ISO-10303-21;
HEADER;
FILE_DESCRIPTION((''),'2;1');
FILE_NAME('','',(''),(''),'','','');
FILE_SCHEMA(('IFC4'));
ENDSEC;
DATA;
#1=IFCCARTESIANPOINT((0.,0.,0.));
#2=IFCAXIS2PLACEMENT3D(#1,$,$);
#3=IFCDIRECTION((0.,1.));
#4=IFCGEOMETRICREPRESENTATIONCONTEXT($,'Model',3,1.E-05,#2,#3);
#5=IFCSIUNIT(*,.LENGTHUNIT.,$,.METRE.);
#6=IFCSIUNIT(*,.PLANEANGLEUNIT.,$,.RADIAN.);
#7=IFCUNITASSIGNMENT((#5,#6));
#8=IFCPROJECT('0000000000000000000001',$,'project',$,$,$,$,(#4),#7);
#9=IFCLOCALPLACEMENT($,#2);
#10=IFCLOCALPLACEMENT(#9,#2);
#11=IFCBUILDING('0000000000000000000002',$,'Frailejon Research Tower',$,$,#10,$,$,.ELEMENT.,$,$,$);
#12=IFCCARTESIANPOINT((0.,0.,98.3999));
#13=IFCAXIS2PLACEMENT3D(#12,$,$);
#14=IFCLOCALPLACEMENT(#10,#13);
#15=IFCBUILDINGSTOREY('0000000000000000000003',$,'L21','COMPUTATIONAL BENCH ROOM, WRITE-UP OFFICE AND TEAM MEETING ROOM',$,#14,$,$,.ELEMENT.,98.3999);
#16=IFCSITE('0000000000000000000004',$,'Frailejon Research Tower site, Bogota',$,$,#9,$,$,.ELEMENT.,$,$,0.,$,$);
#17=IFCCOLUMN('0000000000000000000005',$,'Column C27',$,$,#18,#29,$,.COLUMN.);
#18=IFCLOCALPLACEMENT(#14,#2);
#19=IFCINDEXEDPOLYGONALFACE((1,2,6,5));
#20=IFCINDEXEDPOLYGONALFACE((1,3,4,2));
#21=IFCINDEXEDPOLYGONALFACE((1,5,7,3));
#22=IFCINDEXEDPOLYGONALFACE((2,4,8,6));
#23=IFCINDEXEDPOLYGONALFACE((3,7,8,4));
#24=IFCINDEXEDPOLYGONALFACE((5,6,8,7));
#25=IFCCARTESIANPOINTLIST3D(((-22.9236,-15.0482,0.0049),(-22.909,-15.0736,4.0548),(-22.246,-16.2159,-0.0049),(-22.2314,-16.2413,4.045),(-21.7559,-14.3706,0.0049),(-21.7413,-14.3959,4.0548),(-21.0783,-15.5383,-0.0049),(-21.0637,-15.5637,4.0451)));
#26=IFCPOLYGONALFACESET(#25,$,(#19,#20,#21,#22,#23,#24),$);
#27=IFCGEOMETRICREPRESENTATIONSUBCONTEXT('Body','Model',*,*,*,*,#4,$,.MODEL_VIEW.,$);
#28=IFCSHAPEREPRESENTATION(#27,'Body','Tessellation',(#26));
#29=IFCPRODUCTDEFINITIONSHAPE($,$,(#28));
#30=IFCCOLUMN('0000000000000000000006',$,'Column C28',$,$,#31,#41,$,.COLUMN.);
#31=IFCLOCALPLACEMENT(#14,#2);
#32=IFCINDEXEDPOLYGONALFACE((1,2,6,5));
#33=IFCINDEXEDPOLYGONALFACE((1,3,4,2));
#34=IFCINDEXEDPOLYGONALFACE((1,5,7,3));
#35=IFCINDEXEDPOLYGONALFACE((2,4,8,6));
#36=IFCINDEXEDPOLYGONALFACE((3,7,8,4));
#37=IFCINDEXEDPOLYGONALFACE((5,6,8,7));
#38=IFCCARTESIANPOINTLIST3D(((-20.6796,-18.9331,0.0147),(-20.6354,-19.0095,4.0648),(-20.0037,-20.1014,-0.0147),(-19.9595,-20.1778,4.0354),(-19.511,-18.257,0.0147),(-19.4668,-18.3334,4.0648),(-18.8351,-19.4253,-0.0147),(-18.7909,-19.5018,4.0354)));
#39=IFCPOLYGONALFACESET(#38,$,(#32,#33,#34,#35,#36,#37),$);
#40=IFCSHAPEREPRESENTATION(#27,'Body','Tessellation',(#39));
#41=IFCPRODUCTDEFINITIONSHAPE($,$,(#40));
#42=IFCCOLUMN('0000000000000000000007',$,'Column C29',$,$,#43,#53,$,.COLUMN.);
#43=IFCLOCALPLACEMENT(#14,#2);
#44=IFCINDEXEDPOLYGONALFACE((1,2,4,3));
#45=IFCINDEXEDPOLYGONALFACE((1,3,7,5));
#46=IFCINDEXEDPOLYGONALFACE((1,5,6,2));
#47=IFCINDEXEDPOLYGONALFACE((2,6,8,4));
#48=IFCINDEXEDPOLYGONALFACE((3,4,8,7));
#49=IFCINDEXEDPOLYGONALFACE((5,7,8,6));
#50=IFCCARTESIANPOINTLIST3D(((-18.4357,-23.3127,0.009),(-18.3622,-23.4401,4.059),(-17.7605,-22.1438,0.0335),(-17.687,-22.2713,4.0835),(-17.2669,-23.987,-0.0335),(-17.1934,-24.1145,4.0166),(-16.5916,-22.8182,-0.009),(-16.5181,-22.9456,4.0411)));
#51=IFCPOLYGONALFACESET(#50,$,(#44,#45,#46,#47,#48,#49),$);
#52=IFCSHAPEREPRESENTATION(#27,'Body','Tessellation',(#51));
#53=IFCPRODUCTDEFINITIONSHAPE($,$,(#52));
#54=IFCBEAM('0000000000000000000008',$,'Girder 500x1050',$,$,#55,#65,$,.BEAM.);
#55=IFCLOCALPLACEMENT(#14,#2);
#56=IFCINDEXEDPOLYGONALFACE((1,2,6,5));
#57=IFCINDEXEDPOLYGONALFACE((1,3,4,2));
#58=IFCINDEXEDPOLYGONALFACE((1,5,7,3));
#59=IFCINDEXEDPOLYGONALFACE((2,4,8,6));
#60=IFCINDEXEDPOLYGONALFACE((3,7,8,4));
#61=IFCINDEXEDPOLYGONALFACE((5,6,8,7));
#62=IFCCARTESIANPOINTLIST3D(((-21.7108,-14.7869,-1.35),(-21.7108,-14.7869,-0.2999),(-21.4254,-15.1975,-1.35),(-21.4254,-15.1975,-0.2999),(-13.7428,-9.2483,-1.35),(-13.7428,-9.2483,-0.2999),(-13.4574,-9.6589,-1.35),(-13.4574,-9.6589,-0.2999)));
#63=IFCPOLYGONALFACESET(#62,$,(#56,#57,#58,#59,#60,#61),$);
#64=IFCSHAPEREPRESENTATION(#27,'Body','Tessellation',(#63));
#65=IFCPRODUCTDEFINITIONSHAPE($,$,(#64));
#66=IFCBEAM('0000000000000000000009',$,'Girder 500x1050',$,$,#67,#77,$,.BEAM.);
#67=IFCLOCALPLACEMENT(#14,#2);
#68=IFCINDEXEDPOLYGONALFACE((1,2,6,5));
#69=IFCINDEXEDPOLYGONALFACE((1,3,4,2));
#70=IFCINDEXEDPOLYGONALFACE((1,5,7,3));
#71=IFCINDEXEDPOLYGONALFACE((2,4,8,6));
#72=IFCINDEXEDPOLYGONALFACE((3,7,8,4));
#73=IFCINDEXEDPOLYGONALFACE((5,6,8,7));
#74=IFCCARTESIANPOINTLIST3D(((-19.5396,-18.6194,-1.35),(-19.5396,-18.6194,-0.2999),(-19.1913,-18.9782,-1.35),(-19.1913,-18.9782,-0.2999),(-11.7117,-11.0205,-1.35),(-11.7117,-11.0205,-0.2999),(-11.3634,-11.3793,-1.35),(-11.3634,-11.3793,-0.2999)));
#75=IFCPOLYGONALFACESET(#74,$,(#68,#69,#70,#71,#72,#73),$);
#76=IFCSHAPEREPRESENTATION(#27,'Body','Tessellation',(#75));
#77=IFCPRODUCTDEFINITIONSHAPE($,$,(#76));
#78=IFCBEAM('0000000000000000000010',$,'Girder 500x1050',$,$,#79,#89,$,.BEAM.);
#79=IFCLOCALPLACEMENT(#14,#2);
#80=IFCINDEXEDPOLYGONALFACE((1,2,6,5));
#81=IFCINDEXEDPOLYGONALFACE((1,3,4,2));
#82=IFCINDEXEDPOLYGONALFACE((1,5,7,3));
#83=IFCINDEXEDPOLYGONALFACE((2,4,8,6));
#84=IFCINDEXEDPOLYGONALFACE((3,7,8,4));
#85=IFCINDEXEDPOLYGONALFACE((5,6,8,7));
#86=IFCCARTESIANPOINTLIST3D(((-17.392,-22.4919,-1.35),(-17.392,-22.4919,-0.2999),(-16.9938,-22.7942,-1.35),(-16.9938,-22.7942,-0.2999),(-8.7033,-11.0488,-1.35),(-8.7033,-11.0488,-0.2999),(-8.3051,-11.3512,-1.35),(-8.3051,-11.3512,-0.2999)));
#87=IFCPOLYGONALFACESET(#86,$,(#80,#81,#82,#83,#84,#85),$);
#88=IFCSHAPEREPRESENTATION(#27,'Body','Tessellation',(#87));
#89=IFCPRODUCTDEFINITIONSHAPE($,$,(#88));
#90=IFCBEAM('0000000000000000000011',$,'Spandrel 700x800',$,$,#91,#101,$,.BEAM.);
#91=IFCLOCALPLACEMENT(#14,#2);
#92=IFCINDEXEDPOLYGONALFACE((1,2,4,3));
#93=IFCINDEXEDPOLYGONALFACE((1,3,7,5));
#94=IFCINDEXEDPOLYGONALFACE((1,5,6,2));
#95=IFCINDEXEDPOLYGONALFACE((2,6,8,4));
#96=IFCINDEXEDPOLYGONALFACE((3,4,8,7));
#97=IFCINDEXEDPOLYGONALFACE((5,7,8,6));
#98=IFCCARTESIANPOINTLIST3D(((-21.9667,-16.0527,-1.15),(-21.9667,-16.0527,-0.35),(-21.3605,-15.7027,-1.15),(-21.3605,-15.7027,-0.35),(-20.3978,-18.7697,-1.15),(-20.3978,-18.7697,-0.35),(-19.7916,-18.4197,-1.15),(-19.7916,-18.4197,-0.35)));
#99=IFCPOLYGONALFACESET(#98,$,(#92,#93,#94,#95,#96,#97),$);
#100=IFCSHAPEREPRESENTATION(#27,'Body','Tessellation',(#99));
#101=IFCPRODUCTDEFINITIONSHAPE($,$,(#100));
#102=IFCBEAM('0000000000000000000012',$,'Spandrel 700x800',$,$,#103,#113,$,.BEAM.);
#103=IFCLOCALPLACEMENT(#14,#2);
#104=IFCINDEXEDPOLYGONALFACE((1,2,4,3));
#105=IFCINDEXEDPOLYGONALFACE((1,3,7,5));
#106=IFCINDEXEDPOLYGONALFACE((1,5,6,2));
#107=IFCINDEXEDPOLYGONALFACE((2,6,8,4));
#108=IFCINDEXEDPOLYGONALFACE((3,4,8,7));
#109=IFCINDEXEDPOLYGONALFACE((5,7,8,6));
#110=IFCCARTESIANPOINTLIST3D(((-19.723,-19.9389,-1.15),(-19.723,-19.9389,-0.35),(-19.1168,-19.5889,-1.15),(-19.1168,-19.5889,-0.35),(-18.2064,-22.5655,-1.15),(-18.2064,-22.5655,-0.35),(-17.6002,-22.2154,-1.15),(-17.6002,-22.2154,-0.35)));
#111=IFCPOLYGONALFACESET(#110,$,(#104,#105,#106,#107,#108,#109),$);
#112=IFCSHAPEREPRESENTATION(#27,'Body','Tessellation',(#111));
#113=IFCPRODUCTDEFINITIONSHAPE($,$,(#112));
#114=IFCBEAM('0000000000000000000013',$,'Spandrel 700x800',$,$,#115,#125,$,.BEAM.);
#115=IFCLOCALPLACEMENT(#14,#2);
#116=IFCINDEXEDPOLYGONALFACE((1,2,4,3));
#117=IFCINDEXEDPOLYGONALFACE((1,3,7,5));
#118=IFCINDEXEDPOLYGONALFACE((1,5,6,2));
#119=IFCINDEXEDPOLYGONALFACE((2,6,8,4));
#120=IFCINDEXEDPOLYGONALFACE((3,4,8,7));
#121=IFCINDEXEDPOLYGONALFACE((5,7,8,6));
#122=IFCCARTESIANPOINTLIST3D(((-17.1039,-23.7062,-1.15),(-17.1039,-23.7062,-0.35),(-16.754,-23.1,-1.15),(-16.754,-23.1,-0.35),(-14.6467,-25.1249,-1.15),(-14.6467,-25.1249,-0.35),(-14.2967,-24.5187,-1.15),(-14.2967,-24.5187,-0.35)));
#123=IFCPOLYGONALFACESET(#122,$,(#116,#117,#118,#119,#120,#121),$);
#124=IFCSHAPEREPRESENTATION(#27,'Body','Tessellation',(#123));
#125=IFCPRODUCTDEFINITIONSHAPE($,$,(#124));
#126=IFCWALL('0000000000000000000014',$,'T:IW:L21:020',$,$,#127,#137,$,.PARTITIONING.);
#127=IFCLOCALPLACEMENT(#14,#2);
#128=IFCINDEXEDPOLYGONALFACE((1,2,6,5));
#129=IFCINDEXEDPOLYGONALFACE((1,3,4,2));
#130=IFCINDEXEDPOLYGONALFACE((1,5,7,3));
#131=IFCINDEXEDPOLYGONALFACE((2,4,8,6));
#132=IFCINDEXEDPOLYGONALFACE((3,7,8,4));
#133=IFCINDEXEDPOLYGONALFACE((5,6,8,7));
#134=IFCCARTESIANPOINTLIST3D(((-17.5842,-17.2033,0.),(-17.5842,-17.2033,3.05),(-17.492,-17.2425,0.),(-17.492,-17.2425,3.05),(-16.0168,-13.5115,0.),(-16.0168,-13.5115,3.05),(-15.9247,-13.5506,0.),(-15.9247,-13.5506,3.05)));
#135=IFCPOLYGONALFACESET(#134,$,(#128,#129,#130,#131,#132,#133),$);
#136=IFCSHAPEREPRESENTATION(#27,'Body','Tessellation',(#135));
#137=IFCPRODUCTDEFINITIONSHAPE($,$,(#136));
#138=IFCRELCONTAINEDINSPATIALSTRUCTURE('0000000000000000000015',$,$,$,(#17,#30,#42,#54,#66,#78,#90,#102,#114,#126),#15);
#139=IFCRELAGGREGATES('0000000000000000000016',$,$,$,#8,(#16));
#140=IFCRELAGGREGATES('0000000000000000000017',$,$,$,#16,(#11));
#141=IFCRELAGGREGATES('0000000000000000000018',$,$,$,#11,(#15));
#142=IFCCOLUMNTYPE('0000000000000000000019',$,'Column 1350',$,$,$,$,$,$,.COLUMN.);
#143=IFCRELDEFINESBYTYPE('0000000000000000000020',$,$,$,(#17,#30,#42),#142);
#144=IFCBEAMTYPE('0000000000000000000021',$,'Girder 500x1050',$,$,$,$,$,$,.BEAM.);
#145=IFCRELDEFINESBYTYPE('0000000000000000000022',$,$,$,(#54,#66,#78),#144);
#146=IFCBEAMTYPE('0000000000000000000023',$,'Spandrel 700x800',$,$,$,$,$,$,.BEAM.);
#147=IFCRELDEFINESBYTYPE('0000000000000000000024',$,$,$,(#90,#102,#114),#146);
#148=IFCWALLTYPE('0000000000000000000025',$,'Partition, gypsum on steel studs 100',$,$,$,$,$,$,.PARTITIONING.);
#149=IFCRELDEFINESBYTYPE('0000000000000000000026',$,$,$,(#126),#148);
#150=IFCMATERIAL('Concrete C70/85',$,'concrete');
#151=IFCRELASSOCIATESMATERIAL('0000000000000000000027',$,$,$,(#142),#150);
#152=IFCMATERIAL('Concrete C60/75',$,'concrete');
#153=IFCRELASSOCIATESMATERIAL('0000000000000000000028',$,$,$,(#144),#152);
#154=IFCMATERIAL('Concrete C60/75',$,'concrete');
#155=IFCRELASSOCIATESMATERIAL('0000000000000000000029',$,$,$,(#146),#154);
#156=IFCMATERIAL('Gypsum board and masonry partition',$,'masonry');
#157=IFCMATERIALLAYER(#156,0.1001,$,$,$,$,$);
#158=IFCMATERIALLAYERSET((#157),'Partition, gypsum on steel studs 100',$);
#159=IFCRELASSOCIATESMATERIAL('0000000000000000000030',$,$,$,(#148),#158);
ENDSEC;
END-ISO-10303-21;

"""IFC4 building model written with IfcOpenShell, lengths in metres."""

from ifc_helpers import new_model, si_unit, direction, frame, frame_2d, origin, origin_2d, place, context, subcontext, project, spatial, rectangle, extrude, material, layer, layer_set, material_profile, profile_set, type_object, element, save


model = new_model("IFC4")

# Units and contexts
model_context = context("Model", 3, precision=1e-05, world=origin(), true_north=direction((0.0, 1.0)))
body_context = subcontext(model_context, "Body", "Model", "MODEL_VIEW")
ifc_project = project(units=[si_unit("LENGTHUNIT", "METRE"), si_unit("PLANEANGLEUNIT", "RADIAN")], contexts=[model_context])

# Site, building, storey
site_placement = place(None, origin())
site = spatial("IfcSite", under=ifc_project, at=site_placement, Name="Frailejon Research Tower site, Bogota", CompositionType="ELEMENT", RefElevation=0.0)
building_placement = place(site_placement, origin())
building = spatial("IfcBuilding", under=site, at=building_placement, Name="Frailejon Research Tower", CompositionType="ELEMENT")
storey_placement = place(building_placement, frame((0.0, 0.0, 98.3999)))
storey = spatial("IfcBuildingStorey", under=building, at=storey_placement, Name="L21", Description="COMPUTATIONAL BENCH ROOM, WRITE-UP OFFICE AND TEAM MEETING ROOM", CompositionType="ELEMENT", Elevation=98.3999)

# Columns
ifc_material_1 = material(Name="Concrete C70/85", Category="concrete")
ifc_material_profile_1 = material_profile(ifc_material_1, rectangle(XDim=1.3501, YDim=1.3501, at=origin_2d()), Name="Column 1350")
ifc_profile_set_1 = profile_set([ifc_material_profile_1], Name="Concrete C70/85")
column_type = type_object("IfcColumnType", Name="Column 1350", PredefinedType="COLUMN", material=ifc_profile_set_1)
column_1_placement = place(storey_placement, frame((-22.001, -15.2932, 0.0), z_axis=(0.003617, -0.006269, 0.999974), x_axis=(0.501883, -0.864905, -0.007238)))
element("IfcColumn", 1, at=column_1_placement, inside=storey, type_object=column_type, Name="Column C27", PredefinedType="COLUMN", context=body_context, shape_type="SweptSolid", body=[
    extrude(rectangle(XDim=1.3501, YDim=1.3501, at=origin_2d()), origin(), (0.0, 0.0, 1.0), 4.05),
])
column_2_placement = place(storey_placement, frame((-19.7573, -19.1792, 0.0), z_axis=(0.010908, -0.018863, 0.999763), x_axis=(0.500638, -0.865382, -0.02179)))
element("IfcColumn", 2, at=column_2_placement, inside=storey, type_object=column_type, Name="Column C28", PredefinedType="COLUMN", context=body_context, shape_type="SweptSolid", body=[
    extrude(rectangle(XDim=1.3501, YDim=1.3501, at=origin_2d()), origin(), (0.0, 0.0, 1.0), 4.051),
])
column_3_placement = place(storey_placement, frame((-17.5137, -23.0654, 0.0), z_axis=(0.018133, -0.031446, 0.999341), x_axis=(0.865741, -0.499505, -0.031426)))
element("IfcColumn", 3, at=column_3_placement, inside=storey, type_object=column_type, Name="Column C29", PredefinedType="COLUMN", context=body_context, shape_type="SweptSolid", body=[
    extrude(rectangle(XDim=1.3501, YDim=1.3501, at=origin_2d()), origin(), (0.0, 0.0, 1.0), 4.0527),
])

# Beams
ifc_material_2 = material(Name="Concrete C60/75", Category="concrete")
ifc_material_profile_2 = material_profile(ifc_material_2, rectangle(XDim=0.5, YDim=1.05, at=origin_2d()), Name="Girder 500x1050")
ifc_profile_set_2 = profile_set([ifc_material_profile_2], Name="Concrete C60/75")
beam_type_1 = type_object("IfcBeamType", Name="Girder 500x1050", PredefinedType="BEAM", material=ifc_profile_set_2)
beam_1_placement = place(storey_placement, frame((-21.5681, -14.9922, -0.825), z_axis=(0.821117, 0.570759, 0.0), x_axis=(-0.570759, 0.821117, 0.0)))
element("IfcBeam", 4, at=beam_1_placement, inside=storey, type_object=beam_type_1, Name="Girder 500x1050", PredefinedType="BEAM", context=body_context, shape_type="SweptSolid", body=[
    extrude(rectangle(XDim=0.5, YDim=1.05, at=origin_2d()), origin(), (0.0, 0.0, 1.0), 9.7039),
])
beam_2_placement = place(storey_placement, frame((-19.3655, -18.7988, -0.825), z_axis=(0.717524, 0.696533, 0.0), x_axis=(-0.696533, 0.717524, 0.0)))
element("IfcBeam", 5, at=beam_2_placement, inside=storey, type_object=beam_type_1, Name="Girder 500x1050", PredefinedType="BEAM", context=body_context, shape_type="SweptSolid", body=[
    extrude(rectangle(XDim=0.5, YDim=1.05, at=origin_2d()), origin(), (0.0, 0.0, 1.0), 10.9097),
])
beam_3_placement = place(storey_placement, frame((-17.1929, -22.6431, -0.825), z_axis=(0.604728, 0.796432, 0.0), x_axis=(-0.796432, 0.604728, 0.0)))
element("IfcBeam", 6, at=beam_3_placement, inside=storey, type_object=beam_type_1, Name="Girder 500x1050", PredefinedType="BEAM", context=body_context, shape_type="SweptSolid", body=[
    extrude(rectangle(XDim=0.5, YDim=1.05, at=origin_2d()), origin(), (0.0, 0.0, 1.0), 14.3679),
])
ifc_material_3 = material(Name="Concrete C60/75", Category="concrete")
ifc_material_profile_3 = material_profile(ifc_material_3, rectangle(XDim=0.7, YDim=0.8, at=origin_2d()), Name="Spandrel 700x800")
ifc_profile_set_3 = profile_set([ifc_material_profile_3], Name="Concrete C60/75")
beam_type_2 = type_object("IfcBeamType", Name="Spandrel 700x800", PredefinedType="BEAM", material=ifc_profile_set_3)
beam_4_placement = place(storey_placement, frame((-21.6636, -15.8777, -0.75), z_axis=(0.500039, -0.866003, 0.0), x_axis=(0.866003, 0.500039, 0.0)))
element("IfcBeam", 7, at=beam_4_placement, inside=storey, type_object=beam_type_2, Name="Spandrel 700x800", PredefinedType="BEAM", context=body_context, shape_type="SweptSolid", body=[
    extrude(rectangle(XDim=0.7, YDim=0.8, at=origin_2d()), origin(), (0.0, 0.0, 1.0), 3.1375),
])
beam_5_placement = place(storey_placement, frame((-19.4199, -19.7639, -0.75), z_axis=(0.500052, -0.865995, 0.0), x_axis=(0.865995, 0.500052, 0.0)))
element("IfcBeam", 8, at=beam_5_placement, inside=storey, type_object=beam_type_2, Name="Spandrel 700x800", PredefinedType="BEAM", context=body_context, shape_type="SweptSolid", body=[
    extrude(rectangle(XDim=0.7, YDim=0.8, at=origin_2d()), origin(), (0.0, 0.0, 1.0), 3.033),
])
beam_6_placement = place(storey_placement, frame((-16.929, -23.4031, -0.75), z_axis=(0.866027, -0.499998, 0.0), x_axis=(0.499998, 0.866027, 0.0)))
element("IfcBeam", 9, at=beam_6_placement, inside=storey, type_object=beam_type_2, Name="Spandrel 700x800", PredefinedType="BEAM", context=body_context, shape_type="SweptSolid", body=[
    extrude(rectangle(XDim=0.7, YDim=0.8, at=origin_2d()), origin(), (0.0, 0.0, 1.0), 2.8374),
])

# Wall
ifc_material_4 = material(Name="Gypsum board and masonry partition", Category="masonry")
ifc_layer_1 = layer(ifc_material_4, 0.1001)
ifc_layer_set_1 = layer_set([ifc_layer_1], Name="Partition, gypsum on steel studs 100")
wall_type_1 = type_object("IfcWallType", Name="Partition, gypsum on steel studs 100", PredefinedType="PARTITIONING", material=ifc_layer_set_1)
wall_1_placement = place(storey_placement, frame((-17.5381, -17.2229, 0.0), z_axis=(0.0, 0.0, 1.0), x_axis=(0.390787, 0.920481, 0.0)))
element("IfcWall", 10, at=wall_1_placement, inside=storey, type_object=wall_type_1, Name="T:IW:L21:020", PredefinedType="PARTITIONING", context=body_context, shape_type="SweptSolid", body=[
    extrude(rectangle(XDim=4.0107, YDim=0.1001, at=frame_2d((2.0054, 0.0))), origin(), (0.0, 0.0, 1.0), 3.05),
])

save(model, "model.ifc")
